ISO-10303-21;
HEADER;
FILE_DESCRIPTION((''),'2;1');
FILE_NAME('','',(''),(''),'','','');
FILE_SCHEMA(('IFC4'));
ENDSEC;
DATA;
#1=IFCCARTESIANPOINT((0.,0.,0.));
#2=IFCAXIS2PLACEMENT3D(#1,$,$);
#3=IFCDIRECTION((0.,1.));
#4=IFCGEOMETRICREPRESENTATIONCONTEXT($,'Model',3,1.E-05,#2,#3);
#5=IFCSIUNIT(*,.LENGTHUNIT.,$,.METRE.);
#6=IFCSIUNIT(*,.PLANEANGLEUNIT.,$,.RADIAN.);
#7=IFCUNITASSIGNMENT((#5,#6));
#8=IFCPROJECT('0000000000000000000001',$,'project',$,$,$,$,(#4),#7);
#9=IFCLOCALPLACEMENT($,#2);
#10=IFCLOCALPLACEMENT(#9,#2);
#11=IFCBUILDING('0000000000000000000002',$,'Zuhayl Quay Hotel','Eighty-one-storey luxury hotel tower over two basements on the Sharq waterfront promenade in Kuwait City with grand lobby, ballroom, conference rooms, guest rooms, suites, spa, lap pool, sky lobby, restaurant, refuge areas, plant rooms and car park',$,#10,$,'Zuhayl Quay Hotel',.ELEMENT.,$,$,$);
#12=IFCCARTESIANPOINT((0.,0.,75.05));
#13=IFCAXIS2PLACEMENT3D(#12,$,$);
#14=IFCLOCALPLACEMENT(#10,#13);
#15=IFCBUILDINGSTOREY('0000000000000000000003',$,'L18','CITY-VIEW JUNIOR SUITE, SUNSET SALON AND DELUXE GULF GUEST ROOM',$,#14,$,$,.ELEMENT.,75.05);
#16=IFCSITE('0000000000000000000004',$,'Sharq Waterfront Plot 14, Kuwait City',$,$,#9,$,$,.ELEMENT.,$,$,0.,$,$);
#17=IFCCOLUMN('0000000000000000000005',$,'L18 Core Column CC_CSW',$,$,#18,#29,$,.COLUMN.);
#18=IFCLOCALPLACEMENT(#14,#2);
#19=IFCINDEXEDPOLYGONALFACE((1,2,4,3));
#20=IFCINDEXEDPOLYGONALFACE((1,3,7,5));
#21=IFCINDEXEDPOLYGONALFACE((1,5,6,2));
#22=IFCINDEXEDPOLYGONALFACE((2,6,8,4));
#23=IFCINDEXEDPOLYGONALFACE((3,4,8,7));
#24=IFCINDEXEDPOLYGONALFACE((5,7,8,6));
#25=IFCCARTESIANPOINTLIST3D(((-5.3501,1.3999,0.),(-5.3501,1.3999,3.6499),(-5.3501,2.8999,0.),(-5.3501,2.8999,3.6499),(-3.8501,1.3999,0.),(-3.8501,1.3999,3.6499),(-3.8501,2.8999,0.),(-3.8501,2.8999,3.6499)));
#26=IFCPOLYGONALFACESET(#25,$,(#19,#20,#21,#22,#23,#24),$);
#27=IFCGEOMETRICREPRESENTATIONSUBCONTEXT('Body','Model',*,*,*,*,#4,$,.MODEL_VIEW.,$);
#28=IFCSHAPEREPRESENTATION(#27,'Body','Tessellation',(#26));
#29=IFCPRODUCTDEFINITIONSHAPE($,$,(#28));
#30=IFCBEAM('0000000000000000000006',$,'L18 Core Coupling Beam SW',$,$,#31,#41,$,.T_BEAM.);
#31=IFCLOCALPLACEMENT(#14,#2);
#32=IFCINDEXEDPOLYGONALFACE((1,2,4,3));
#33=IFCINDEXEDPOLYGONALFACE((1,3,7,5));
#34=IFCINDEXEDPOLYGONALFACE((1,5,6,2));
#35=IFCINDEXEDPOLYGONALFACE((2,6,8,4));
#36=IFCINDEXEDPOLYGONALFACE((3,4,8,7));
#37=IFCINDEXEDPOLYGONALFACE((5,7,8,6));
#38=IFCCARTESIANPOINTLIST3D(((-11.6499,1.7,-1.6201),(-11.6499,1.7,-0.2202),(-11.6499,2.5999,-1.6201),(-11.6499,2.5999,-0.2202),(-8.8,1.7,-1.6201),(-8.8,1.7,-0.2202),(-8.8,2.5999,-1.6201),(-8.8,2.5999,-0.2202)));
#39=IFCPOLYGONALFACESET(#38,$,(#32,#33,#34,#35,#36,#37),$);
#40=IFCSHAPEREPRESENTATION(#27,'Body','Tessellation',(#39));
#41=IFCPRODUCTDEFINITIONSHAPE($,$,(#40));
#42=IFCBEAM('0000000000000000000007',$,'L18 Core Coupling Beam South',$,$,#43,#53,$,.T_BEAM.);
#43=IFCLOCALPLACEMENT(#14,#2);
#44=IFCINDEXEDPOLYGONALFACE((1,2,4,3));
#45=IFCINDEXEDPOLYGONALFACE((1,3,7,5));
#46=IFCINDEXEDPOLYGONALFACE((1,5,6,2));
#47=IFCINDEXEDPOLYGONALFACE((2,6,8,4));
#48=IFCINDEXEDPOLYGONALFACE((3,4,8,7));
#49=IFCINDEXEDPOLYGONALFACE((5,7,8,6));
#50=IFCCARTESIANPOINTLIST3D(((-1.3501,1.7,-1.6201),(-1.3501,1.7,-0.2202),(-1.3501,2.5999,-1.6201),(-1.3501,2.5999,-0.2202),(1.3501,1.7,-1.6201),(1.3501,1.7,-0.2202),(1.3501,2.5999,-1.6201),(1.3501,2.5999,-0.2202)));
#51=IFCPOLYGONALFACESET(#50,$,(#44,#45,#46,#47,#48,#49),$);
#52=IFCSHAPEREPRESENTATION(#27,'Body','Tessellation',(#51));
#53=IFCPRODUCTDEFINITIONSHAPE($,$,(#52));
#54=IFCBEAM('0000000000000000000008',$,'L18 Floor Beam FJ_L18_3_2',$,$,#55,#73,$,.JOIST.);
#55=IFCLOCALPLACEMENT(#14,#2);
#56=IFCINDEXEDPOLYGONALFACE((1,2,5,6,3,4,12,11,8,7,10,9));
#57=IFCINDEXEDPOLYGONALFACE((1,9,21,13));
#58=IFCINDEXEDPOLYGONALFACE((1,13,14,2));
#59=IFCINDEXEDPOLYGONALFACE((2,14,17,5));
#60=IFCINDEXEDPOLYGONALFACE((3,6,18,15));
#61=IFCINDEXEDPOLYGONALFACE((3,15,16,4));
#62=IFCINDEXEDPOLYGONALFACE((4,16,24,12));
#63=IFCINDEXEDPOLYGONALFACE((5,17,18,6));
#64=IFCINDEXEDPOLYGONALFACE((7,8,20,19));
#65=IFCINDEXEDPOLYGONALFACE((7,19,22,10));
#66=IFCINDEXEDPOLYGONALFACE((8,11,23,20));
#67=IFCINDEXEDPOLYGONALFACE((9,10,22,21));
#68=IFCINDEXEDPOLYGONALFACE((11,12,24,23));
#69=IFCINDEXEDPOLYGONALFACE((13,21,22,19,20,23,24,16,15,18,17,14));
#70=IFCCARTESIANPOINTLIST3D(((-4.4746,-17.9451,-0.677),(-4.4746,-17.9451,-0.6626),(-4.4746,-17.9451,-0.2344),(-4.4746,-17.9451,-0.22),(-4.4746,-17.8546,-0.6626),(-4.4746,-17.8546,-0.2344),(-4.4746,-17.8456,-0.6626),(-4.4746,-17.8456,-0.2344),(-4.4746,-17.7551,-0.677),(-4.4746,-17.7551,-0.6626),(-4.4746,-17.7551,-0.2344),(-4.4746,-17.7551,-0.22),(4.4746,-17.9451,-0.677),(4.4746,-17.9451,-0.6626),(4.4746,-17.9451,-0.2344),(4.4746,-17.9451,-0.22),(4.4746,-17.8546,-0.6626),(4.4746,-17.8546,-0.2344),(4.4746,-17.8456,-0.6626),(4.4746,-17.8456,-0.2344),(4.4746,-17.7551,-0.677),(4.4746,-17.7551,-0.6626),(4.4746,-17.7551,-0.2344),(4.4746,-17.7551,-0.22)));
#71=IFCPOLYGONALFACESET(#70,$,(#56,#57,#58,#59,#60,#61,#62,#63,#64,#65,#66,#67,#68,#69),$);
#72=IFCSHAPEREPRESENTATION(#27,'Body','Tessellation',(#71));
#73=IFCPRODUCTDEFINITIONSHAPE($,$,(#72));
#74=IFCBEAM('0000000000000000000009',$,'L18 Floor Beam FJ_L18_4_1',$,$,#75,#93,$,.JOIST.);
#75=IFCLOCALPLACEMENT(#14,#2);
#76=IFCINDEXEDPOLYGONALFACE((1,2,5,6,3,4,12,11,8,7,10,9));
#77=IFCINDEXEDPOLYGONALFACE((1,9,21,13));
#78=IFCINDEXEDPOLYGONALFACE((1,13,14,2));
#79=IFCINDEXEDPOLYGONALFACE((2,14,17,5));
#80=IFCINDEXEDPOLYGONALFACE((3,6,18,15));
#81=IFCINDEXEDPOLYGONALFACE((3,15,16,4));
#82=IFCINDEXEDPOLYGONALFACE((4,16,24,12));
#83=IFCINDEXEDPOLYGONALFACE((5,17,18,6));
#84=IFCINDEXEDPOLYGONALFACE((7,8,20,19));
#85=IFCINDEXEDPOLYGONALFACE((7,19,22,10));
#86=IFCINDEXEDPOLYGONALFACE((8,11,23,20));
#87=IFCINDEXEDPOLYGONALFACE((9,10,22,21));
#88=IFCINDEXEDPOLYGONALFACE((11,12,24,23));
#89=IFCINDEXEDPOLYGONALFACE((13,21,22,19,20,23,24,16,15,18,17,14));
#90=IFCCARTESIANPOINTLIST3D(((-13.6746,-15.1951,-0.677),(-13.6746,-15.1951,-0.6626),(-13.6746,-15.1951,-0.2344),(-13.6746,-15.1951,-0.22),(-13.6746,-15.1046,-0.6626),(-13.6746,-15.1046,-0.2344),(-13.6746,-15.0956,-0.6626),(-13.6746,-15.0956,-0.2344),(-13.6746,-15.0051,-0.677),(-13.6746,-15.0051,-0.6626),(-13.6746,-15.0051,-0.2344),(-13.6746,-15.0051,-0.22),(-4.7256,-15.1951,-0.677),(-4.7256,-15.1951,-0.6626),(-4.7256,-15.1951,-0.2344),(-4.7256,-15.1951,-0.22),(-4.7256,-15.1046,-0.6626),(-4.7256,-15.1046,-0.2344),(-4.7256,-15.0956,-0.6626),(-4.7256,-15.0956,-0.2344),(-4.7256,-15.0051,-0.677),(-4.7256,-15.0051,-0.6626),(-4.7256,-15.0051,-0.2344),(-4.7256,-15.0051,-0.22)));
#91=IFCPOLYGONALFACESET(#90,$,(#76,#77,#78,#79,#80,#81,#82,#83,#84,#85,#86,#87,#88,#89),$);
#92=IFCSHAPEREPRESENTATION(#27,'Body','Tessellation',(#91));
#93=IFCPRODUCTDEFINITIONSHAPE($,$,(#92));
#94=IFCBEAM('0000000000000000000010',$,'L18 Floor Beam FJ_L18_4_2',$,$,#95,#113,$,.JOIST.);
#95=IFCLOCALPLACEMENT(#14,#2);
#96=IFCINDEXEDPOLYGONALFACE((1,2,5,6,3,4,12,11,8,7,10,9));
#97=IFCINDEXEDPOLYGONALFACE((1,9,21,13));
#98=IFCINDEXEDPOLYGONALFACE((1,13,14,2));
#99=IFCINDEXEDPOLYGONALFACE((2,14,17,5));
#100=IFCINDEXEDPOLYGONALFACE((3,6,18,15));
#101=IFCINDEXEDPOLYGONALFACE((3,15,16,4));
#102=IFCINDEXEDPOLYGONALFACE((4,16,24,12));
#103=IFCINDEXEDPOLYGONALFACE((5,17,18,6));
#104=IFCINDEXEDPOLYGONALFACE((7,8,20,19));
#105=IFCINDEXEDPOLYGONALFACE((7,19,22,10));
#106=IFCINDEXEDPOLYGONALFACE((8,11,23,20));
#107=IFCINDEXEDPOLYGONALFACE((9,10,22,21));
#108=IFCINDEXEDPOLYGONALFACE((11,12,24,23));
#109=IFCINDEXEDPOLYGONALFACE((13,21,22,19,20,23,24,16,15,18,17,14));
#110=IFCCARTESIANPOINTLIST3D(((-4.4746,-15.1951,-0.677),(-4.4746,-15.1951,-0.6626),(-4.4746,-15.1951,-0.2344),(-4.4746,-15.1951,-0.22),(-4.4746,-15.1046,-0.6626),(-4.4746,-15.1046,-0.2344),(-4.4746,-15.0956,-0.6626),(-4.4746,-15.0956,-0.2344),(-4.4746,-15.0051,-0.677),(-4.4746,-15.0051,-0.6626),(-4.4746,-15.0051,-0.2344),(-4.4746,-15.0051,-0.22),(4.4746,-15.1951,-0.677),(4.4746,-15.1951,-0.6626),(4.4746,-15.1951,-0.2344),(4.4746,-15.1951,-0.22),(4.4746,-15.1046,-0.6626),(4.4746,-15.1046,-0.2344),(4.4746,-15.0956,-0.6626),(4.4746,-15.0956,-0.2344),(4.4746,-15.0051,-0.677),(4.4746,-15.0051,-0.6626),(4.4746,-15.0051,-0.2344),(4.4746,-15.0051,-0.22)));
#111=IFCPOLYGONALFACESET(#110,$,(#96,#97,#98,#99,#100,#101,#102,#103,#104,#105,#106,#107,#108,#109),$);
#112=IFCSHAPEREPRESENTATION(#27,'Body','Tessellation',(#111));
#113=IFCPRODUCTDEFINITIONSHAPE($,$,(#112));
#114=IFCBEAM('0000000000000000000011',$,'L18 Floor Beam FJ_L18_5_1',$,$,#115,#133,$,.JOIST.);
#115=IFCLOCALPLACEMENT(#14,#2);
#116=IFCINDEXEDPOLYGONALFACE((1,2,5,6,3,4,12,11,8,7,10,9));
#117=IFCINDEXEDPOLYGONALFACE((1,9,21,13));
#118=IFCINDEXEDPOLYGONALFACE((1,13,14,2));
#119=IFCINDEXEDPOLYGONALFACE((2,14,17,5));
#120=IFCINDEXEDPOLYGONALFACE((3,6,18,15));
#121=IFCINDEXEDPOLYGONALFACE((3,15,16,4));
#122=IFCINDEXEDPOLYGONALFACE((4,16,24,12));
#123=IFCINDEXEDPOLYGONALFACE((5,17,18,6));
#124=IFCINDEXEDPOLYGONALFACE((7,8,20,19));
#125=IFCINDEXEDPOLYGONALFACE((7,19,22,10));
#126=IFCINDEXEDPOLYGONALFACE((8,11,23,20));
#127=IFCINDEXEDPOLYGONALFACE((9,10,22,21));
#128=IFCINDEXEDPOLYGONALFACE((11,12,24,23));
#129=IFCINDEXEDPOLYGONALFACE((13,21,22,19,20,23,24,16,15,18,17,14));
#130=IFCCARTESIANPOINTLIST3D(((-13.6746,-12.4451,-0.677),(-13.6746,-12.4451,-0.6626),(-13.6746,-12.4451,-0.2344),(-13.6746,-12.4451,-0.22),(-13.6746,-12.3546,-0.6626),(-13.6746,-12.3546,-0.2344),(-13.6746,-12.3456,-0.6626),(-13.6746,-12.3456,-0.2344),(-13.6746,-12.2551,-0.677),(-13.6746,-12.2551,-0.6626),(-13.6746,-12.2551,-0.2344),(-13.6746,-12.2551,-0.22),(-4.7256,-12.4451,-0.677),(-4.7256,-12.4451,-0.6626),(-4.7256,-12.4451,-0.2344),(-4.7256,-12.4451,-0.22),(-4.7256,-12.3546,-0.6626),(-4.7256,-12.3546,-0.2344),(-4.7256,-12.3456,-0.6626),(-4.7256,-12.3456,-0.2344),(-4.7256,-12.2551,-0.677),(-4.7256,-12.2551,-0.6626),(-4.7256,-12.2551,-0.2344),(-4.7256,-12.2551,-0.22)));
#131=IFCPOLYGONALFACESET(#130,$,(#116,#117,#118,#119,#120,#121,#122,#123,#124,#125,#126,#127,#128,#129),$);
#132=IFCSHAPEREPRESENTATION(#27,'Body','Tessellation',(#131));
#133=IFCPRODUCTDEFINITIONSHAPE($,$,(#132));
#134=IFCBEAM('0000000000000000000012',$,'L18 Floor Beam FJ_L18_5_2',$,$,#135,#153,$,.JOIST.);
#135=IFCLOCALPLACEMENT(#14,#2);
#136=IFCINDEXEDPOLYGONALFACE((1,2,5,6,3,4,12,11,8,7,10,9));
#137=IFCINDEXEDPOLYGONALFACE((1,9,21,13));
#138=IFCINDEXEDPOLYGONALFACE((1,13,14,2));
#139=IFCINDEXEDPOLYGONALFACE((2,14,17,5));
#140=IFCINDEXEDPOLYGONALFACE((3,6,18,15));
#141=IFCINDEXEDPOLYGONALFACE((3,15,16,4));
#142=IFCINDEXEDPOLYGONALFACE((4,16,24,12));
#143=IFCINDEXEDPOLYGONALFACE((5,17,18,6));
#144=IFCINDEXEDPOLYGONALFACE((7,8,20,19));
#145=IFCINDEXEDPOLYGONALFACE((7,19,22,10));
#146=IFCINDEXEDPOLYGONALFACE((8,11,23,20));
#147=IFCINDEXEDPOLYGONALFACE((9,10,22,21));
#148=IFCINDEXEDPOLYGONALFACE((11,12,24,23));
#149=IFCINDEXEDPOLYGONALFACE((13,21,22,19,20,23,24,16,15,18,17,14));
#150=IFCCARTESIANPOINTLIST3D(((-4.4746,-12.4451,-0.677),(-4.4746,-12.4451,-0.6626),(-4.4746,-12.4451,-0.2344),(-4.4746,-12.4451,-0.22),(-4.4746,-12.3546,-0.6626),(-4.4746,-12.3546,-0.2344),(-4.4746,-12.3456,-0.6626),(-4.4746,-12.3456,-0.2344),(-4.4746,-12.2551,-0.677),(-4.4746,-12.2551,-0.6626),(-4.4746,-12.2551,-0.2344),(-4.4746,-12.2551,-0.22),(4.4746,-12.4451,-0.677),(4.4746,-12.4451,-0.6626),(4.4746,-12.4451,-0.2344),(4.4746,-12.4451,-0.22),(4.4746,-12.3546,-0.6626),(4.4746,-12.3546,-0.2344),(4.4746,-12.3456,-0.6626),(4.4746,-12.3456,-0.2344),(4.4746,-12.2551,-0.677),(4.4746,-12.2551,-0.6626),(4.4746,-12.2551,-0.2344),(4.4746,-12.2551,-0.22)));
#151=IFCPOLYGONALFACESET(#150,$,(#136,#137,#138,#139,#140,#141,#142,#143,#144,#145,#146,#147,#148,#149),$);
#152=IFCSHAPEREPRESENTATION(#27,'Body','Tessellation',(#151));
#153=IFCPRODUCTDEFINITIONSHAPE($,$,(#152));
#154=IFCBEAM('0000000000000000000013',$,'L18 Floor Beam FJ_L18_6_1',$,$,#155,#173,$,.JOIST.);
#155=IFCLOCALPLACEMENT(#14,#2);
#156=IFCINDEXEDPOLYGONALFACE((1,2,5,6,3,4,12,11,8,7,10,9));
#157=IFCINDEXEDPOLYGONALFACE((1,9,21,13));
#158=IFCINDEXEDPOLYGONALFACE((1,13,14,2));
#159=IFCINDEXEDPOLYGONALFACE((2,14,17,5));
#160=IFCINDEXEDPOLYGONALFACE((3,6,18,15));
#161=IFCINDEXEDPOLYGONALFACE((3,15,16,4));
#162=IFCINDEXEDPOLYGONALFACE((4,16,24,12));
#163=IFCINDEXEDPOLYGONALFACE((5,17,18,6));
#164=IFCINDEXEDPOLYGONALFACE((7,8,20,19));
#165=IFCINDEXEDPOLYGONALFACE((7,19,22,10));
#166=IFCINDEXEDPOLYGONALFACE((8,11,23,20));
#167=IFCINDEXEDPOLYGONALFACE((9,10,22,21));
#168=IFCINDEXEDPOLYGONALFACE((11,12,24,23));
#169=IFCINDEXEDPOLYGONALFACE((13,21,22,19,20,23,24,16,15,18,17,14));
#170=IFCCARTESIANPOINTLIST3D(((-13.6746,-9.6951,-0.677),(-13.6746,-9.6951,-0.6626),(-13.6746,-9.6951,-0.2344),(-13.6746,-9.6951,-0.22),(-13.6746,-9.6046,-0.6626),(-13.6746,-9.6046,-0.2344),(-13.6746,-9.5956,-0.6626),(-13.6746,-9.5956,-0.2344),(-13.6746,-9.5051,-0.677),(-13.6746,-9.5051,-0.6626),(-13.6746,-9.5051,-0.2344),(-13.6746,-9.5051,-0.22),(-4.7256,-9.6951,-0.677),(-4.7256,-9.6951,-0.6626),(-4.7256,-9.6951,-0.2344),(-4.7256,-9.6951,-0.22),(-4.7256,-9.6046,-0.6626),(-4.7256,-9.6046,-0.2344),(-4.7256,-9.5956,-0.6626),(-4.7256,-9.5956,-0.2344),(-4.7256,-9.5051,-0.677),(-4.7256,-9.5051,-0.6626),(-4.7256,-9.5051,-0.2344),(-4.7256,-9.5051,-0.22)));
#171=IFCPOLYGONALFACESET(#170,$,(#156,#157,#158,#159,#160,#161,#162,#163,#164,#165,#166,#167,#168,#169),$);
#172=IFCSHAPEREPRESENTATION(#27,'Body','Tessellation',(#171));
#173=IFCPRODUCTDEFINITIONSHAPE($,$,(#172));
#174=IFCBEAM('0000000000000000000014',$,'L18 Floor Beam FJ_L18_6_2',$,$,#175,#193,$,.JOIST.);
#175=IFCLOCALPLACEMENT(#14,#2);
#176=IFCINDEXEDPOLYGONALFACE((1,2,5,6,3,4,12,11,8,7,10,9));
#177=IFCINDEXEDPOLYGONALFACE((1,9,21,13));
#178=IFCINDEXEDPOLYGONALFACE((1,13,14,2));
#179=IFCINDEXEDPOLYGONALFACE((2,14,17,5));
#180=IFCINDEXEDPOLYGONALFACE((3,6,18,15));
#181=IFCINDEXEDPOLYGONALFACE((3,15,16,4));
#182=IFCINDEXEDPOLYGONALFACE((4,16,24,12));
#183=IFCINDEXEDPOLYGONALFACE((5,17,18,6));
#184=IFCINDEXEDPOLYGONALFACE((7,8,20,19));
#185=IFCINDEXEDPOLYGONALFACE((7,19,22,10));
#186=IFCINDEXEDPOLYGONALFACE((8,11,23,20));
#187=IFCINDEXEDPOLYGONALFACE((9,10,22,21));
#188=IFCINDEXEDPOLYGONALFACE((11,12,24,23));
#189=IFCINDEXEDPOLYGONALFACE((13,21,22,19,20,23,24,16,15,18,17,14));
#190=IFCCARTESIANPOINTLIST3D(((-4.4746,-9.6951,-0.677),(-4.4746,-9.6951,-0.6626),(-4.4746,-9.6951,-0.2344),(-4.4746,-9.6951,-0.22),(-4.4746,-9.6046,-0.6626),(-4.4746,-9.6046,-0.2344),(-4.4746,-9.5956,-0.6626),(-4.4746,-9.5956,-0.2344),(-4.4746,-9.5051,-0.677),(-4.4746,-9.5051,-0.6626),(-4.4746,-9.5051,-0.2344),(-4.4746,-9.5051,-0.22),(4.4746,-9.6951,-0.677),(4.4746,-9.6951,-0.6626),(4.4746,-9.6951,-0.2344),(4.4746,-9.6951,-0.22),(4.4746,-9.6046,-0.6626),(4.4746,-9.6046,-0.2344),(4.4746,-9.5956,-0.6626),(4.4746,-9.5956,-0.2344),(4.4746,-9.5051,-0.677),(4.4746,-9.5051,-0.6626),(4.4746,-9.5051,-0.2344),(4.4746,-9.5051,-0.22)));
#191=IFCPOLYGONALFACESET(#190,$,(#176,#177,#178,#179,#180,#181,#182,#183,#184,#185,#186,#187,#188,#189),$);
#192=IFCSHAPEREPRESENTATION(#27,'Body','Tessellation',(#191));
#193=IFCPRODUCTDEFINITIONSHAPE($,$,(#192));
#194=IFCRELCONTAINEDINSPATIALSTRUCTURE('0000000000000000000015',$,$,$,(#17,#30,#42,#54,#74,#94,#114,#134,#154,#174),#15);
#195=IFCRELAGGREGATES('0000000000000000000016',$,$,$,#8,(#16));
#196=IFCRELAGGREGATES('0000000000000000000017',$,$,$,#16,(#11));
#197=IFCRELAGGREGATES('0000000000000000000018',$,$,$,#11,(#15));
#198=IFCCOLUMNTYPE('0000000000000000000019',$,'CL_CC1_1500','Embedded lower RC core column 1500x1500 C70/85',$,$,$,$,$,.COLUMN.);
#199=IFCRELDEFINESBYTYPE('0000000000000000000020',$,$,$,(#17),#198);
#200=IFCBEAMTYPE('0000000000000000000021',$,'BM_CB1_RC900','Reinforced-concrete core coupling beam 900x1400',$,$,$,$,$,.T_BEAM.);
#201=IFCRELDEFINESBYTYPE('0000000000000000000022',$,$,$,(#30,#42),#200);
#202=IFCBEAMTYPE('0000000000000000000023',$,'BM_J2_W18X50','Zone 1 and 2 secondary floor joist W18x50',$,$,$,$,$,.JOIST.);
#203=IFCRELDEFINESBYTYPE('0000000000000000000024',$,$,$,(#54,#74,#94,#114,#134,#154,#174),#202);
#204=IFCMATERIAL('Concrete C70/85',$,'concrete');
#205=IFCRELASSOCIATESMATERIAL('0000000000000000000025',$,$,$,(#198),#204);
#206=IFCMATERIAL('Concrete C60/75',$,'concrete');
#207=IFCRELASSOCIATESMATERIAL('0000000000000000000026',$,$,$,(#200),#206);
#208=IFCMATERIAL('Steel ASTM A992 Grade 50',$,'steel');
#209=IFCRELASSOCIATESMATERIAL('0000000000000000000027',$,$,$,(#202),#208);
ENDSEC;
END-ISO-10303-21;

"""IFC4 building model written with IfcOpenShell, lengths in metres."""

from ifc_helpers import new_model, si_unit, direction, frame, origin, origin_2d, place, context, subcontext, project, spatial, rectangle, i_section, extrude, material, material_profile, profile_set, type_object, element, save


model = new_model("IFC4")

# Units and contexts
model_context = context("Model", 3, precision=1e-05, world=origin(), true_north=direction((0.0, 1.0)))
body_context = subcontext(model_context, "Body", "Model", "MODEL_VIEW")
ifc_project = project(units=[si_unit("LENGTHUNIT", "METRE"), si_unit("PLANEANGLEUNIT", "RADIAN")], contexts=[model_context])

# Site, building, storey
site_placement = place(None, origin())
site = spatial("IfcSite", under=ifc_project, at=site_placement, Name="Sharq Waterfront Plot 14, Kuwait City", CompositionType="ELEMENT", RefElevation=0.0)
building_placement = place(site_placement, origin())
building = spatial("IfcBuilding", under=site, at=building_placement, Name="Zuhayl Quay Hotel", Description="Eighty-one-storey luxury hotel tower over two basements on the Sharq waterfront promenade in Kuwait City with grand lobby, ballroom, conference rooms, guest rooms, suites, spa, lap pool, sky lobby, restaurant, refuge areas, plant rooms and car park", LongName="Zuhayl Quay Hotel", CompositionType="ELEMENT")
storey_placement = place(building_placement, frame((0.0, 0.0, 75.05)))
storey = spatial("IfcBuildingStorey", under=building, at=storey_placement, Name="L18", Description="CITY-VIEW JUNIOR SUITE, SUNSET SALON AND DELUXE GULF GUEST ROOM", CompositionType="ELEMENT", Elevation=75.05)

# Column
ifc_material_1 = material(Name="Concrete C70/85", Category="concrete")
ifc_material_profile_1 = material_profile(ifc_material_1, rectangle(XDim=1.5, YDim=1.5, at=origin_2d()), Name="RC1500X1500")
ifc_profile_set_1 = profile_set([ifc_material_profile_1], Name="Concrete C70/85")
column_type = type_object("IfcColumnType", Name="CL_CC1_1500", Description="Embedded lower RC core column 1500x1500 C70/85", PredefinedType="COLUMN", material=ifc_profile_set_1)
column_placement = place(storey_placement, frame((-4.6001, 2.1499, 0.0), z_axis=(0.0, 0.0, 1.0), x_axis=(1.0, 0.0, 0.0)))
element("IfcColumn", 1, at=column_placement, inside=storey, type_object=column_type, Name="L18 Core Column CC_CSW", PredefinedType="COLUMN", context=body_context, shape_type="SweptSolid", body=[
    extrude(rectangle(XDim=1.5, YDim=1.5, at=origin_2d()), origin(), (0.0, 0.0, 1.0), 3.6499),
])

# Beams
ifc_material_2 = material(Name="Concrete C60/75", Category="concrete")
ifc_material_profile_2 = material_profile(ifc_material_2, rectangle(XDim=0.8999, YDim=1.3999, at=origin_2d()), Name="RC900X1400")
ifc_profile_set_2 = profile_set([ifc_material_profile_2], Name="Concrete C60/75")
beam_type_1 = type_object("IfcBeamType", Name="BM_CB1_RC900", Description="Reinforced-concrete core coupling beam 900x1400", PredefinedType="T_BEAM", material=ifc_profile_set_2)
beam_1_placement = place(storey_placement, frame((-11.6499, 2.1499, -0.9202), z_axis=(1.0, 0.0, 0.0), x_axis=(0.0, 1.0, 0.0)))
element("IfcBeam", 2, at=beam_1_placement, inside=storey, type_object=beam_type_1, Name="L18 Core Coupling Beam SW", PredefinedType="T_BEAM", context=body_context, shape_type="SweptSolid", body=[
    extrude(rectangle(XDim=0.8999, YDim=1.3999, at=origin_2d()), origin(), (0.0, 0.0, 1.0), 2.8499),
])
beam_2_placement = place(storey_placement, frame((-1.3501, 2.1499, -0.9202), z_axis=(1.0, 0.0, 0.0), x_axis=(0.0, 1.0, 0.0)))
element("IfcBeam", 3, at=beam_2_placement, inside=storey, type_object=beam_type_1, Name="L18 Core Coupling Beam South", PredefinedType="T_BEAM", context=body_context, shape_type="SweptSolid", body=[
    extrude(rectangle(XDim=0.8999, YDim=1.3999, at=origin_2d()), origin(), (0.0, 0.0, 1.0), 2.7002),
])
ifc_material_3 = material(Name="Steel ASTM A992 Grade 50", Category="steel")
ifc_material_profile_3 = material_profile(ifc_material_3, i_section(OverallWidth=0.1899, OverallDepth=0.457, WebThickness=0.009, FlangeThickness=0.0144, at=origin_2d()), Name="W18X50")
ifc_profile_set_3 = profile_set([ifc_material_profile_3], Name="Steel ASTM A992 Grade 50")
beam_type_2 = type_object("IfcBeamType", Name="BM_J2_W18X50", Description="Zone 1 and 2 secondary floor joist W18x50", PredefinedType="JOIST", material=ifc_profile_set_3)
beam_3_placement = place(storey_placement, frame((-4.4746, -17.8501, -0.4485), z_axis=(1.0, 0.0, 0.0), x_axis=(0.0, 1.0, 0.0)))
element("IfcBeam", 4, at=beam_3_placement, inside=storey, type_object=beam_type_2, Name="L18 Floor Beam FJ_L18_3_2", PredefinedType="JOIST", context=body_context, shape_type="SweptSolid", body=[
    extrude(i_section(OverallWidth=0.1899, OverallDepth=0.457, WebThickness=0.009, FlangeThickness=0.0144, at=origin_2d()), origin(), (0.0, 0.0, 1.0), 8.9492),
])
beam_4_placement = place(storey_placement, frame((-13.6746, -15.1001, -0.4485), z_axis=(1.0, 0.0, 0.0), x_axis=(0.0, 1.0, 0.0)))
element("IfcBeam", 5, at=beam_4_placement, inside=storey, type_object=beam_type_2, Name="L18 Floor Beam FJ_L18_4_1", PredefinedType="JOIST", context=body_context, shape_type="SweptSolid", body=[
    extrude(i_section(OverallWidth=0.1899, OverallDepth=0.457, WebThickness=0.009, FlangeThickness=0.0144, at=origin_2d()), origin(), (0.0, 0.0, 1.0), 8.949),
])
beam_5_placement = place(storey_placement, frame((-4.4746, -15.1001, -0.4485), z_axis=(1.0, 0.0, 0.0), x_axis=(0.0, 1.0, 0.0)))
element("IfcBeam", 6, at=beam_5_placement, inside=storey, type_object=beam_type_2, Name="L18 Floor Beam FJ_L18_4_2", PredefinedType="JOIST", context=body_context, shape_type="SweptSolid", body=[
    extrude(i_section(OverallWidth=0.1899, OverallDepth=0.457, WebThickness=0.009, FlangeThickness=0.0144, at=origin_2d()), origin(), (0.0, 0.0, 1.0), 8.9492),
])
beam_6_placement = place(storey_placement, frame((-13.6746, -12.3501, -0.4485), z_axis=(1.0, 0.0, 0.0), x_axis=(0.0, 1.0, 0.0)))
element("IfcBeam", 7, at=beam_6_placement, inside=storey, type_object=beam_type_2, Name="L18 Floor Beam FJ_L18_5_1", PredefinedType="JOIST", context=body_context, shape_type="SweptSolid", body=[
    extrude(i_section(OverallWidth=0.1899, OverallDepth=0.457, WebThickness=0.009, FlangeThickness=0.0144, at=origin_2d()), origin(), (0.0, 0.0, 1.0), 8.949),
])
beam_7_placement = place(storey_placement, frame((-4.4746, -12.3501, -0.4485), z_axis=(1.0, 0.0, 0.0), x_axis=(0.0, 1.0, 0.0)))
element("IfcBeam", 8, at=beam_7_placement, inside=storey, type_object=beam_type_2, Name="L18 Floor Beam FJ_L18_5_2", PredefinedType="JOIST", context=body_context, shape_type="SweptSolid", body=[
    extrude(i_section(OverallWidth=0.1899, OverallDepth=0.457, WebThickness=0.009, FlangeThickness=0.0144, at=origin_2d()), origin(), (0.0, 0.0, 1.0), 8.9492),
])
beam_8_placement = place(storey_placement, frame((-13.6746, -9.6001, -0.4485), z_axis=(1.0, 0.0, 0.0), x_axis=(0.0, 1.0, 0.0)))
element("IfcBeam", 9, at=beam_8_placement, inside=storey, type_object=beam_type_2, Name="L18 Floor Beam FJ_L18_6_1", PredefinedType="JOIST", context=body_context, shape_type="SweptSolid", body=[
    extrude(i_section(OverallWidth=0.1899, OverallDepth=0.457, WebThickness=0.009, FlangeThickness=0.0144, at=origin_2d()), origin(), (0.0, 0.0, 1.0), 8.949),
])
beam_9_placement = place(storey_placement, frame((-4.4746, -9.6001, -0.4485), z_axis=(1.0, 0.0, 0.0), x_axis=(0.0, 1.0, 0.0)))
element("IfcBeam", 10, at=beam_9_placement, inside=storey, type_object=beam_type_2, Name="L18 Floor Beam FJ_L18_6_2", PredefinedType="JOIST", context=body_context, shape_type="SweptSolid", body=[
    extrude(i_section(OverallWidth=0.1899, OverallDepth=0.457, WebThickness=0.009, FlangeThickness=0.0144, at=origin_2d()), origin(), (0.0, 0.0, 1.0), 8.9492),
])

save(model, "model.ifc")
